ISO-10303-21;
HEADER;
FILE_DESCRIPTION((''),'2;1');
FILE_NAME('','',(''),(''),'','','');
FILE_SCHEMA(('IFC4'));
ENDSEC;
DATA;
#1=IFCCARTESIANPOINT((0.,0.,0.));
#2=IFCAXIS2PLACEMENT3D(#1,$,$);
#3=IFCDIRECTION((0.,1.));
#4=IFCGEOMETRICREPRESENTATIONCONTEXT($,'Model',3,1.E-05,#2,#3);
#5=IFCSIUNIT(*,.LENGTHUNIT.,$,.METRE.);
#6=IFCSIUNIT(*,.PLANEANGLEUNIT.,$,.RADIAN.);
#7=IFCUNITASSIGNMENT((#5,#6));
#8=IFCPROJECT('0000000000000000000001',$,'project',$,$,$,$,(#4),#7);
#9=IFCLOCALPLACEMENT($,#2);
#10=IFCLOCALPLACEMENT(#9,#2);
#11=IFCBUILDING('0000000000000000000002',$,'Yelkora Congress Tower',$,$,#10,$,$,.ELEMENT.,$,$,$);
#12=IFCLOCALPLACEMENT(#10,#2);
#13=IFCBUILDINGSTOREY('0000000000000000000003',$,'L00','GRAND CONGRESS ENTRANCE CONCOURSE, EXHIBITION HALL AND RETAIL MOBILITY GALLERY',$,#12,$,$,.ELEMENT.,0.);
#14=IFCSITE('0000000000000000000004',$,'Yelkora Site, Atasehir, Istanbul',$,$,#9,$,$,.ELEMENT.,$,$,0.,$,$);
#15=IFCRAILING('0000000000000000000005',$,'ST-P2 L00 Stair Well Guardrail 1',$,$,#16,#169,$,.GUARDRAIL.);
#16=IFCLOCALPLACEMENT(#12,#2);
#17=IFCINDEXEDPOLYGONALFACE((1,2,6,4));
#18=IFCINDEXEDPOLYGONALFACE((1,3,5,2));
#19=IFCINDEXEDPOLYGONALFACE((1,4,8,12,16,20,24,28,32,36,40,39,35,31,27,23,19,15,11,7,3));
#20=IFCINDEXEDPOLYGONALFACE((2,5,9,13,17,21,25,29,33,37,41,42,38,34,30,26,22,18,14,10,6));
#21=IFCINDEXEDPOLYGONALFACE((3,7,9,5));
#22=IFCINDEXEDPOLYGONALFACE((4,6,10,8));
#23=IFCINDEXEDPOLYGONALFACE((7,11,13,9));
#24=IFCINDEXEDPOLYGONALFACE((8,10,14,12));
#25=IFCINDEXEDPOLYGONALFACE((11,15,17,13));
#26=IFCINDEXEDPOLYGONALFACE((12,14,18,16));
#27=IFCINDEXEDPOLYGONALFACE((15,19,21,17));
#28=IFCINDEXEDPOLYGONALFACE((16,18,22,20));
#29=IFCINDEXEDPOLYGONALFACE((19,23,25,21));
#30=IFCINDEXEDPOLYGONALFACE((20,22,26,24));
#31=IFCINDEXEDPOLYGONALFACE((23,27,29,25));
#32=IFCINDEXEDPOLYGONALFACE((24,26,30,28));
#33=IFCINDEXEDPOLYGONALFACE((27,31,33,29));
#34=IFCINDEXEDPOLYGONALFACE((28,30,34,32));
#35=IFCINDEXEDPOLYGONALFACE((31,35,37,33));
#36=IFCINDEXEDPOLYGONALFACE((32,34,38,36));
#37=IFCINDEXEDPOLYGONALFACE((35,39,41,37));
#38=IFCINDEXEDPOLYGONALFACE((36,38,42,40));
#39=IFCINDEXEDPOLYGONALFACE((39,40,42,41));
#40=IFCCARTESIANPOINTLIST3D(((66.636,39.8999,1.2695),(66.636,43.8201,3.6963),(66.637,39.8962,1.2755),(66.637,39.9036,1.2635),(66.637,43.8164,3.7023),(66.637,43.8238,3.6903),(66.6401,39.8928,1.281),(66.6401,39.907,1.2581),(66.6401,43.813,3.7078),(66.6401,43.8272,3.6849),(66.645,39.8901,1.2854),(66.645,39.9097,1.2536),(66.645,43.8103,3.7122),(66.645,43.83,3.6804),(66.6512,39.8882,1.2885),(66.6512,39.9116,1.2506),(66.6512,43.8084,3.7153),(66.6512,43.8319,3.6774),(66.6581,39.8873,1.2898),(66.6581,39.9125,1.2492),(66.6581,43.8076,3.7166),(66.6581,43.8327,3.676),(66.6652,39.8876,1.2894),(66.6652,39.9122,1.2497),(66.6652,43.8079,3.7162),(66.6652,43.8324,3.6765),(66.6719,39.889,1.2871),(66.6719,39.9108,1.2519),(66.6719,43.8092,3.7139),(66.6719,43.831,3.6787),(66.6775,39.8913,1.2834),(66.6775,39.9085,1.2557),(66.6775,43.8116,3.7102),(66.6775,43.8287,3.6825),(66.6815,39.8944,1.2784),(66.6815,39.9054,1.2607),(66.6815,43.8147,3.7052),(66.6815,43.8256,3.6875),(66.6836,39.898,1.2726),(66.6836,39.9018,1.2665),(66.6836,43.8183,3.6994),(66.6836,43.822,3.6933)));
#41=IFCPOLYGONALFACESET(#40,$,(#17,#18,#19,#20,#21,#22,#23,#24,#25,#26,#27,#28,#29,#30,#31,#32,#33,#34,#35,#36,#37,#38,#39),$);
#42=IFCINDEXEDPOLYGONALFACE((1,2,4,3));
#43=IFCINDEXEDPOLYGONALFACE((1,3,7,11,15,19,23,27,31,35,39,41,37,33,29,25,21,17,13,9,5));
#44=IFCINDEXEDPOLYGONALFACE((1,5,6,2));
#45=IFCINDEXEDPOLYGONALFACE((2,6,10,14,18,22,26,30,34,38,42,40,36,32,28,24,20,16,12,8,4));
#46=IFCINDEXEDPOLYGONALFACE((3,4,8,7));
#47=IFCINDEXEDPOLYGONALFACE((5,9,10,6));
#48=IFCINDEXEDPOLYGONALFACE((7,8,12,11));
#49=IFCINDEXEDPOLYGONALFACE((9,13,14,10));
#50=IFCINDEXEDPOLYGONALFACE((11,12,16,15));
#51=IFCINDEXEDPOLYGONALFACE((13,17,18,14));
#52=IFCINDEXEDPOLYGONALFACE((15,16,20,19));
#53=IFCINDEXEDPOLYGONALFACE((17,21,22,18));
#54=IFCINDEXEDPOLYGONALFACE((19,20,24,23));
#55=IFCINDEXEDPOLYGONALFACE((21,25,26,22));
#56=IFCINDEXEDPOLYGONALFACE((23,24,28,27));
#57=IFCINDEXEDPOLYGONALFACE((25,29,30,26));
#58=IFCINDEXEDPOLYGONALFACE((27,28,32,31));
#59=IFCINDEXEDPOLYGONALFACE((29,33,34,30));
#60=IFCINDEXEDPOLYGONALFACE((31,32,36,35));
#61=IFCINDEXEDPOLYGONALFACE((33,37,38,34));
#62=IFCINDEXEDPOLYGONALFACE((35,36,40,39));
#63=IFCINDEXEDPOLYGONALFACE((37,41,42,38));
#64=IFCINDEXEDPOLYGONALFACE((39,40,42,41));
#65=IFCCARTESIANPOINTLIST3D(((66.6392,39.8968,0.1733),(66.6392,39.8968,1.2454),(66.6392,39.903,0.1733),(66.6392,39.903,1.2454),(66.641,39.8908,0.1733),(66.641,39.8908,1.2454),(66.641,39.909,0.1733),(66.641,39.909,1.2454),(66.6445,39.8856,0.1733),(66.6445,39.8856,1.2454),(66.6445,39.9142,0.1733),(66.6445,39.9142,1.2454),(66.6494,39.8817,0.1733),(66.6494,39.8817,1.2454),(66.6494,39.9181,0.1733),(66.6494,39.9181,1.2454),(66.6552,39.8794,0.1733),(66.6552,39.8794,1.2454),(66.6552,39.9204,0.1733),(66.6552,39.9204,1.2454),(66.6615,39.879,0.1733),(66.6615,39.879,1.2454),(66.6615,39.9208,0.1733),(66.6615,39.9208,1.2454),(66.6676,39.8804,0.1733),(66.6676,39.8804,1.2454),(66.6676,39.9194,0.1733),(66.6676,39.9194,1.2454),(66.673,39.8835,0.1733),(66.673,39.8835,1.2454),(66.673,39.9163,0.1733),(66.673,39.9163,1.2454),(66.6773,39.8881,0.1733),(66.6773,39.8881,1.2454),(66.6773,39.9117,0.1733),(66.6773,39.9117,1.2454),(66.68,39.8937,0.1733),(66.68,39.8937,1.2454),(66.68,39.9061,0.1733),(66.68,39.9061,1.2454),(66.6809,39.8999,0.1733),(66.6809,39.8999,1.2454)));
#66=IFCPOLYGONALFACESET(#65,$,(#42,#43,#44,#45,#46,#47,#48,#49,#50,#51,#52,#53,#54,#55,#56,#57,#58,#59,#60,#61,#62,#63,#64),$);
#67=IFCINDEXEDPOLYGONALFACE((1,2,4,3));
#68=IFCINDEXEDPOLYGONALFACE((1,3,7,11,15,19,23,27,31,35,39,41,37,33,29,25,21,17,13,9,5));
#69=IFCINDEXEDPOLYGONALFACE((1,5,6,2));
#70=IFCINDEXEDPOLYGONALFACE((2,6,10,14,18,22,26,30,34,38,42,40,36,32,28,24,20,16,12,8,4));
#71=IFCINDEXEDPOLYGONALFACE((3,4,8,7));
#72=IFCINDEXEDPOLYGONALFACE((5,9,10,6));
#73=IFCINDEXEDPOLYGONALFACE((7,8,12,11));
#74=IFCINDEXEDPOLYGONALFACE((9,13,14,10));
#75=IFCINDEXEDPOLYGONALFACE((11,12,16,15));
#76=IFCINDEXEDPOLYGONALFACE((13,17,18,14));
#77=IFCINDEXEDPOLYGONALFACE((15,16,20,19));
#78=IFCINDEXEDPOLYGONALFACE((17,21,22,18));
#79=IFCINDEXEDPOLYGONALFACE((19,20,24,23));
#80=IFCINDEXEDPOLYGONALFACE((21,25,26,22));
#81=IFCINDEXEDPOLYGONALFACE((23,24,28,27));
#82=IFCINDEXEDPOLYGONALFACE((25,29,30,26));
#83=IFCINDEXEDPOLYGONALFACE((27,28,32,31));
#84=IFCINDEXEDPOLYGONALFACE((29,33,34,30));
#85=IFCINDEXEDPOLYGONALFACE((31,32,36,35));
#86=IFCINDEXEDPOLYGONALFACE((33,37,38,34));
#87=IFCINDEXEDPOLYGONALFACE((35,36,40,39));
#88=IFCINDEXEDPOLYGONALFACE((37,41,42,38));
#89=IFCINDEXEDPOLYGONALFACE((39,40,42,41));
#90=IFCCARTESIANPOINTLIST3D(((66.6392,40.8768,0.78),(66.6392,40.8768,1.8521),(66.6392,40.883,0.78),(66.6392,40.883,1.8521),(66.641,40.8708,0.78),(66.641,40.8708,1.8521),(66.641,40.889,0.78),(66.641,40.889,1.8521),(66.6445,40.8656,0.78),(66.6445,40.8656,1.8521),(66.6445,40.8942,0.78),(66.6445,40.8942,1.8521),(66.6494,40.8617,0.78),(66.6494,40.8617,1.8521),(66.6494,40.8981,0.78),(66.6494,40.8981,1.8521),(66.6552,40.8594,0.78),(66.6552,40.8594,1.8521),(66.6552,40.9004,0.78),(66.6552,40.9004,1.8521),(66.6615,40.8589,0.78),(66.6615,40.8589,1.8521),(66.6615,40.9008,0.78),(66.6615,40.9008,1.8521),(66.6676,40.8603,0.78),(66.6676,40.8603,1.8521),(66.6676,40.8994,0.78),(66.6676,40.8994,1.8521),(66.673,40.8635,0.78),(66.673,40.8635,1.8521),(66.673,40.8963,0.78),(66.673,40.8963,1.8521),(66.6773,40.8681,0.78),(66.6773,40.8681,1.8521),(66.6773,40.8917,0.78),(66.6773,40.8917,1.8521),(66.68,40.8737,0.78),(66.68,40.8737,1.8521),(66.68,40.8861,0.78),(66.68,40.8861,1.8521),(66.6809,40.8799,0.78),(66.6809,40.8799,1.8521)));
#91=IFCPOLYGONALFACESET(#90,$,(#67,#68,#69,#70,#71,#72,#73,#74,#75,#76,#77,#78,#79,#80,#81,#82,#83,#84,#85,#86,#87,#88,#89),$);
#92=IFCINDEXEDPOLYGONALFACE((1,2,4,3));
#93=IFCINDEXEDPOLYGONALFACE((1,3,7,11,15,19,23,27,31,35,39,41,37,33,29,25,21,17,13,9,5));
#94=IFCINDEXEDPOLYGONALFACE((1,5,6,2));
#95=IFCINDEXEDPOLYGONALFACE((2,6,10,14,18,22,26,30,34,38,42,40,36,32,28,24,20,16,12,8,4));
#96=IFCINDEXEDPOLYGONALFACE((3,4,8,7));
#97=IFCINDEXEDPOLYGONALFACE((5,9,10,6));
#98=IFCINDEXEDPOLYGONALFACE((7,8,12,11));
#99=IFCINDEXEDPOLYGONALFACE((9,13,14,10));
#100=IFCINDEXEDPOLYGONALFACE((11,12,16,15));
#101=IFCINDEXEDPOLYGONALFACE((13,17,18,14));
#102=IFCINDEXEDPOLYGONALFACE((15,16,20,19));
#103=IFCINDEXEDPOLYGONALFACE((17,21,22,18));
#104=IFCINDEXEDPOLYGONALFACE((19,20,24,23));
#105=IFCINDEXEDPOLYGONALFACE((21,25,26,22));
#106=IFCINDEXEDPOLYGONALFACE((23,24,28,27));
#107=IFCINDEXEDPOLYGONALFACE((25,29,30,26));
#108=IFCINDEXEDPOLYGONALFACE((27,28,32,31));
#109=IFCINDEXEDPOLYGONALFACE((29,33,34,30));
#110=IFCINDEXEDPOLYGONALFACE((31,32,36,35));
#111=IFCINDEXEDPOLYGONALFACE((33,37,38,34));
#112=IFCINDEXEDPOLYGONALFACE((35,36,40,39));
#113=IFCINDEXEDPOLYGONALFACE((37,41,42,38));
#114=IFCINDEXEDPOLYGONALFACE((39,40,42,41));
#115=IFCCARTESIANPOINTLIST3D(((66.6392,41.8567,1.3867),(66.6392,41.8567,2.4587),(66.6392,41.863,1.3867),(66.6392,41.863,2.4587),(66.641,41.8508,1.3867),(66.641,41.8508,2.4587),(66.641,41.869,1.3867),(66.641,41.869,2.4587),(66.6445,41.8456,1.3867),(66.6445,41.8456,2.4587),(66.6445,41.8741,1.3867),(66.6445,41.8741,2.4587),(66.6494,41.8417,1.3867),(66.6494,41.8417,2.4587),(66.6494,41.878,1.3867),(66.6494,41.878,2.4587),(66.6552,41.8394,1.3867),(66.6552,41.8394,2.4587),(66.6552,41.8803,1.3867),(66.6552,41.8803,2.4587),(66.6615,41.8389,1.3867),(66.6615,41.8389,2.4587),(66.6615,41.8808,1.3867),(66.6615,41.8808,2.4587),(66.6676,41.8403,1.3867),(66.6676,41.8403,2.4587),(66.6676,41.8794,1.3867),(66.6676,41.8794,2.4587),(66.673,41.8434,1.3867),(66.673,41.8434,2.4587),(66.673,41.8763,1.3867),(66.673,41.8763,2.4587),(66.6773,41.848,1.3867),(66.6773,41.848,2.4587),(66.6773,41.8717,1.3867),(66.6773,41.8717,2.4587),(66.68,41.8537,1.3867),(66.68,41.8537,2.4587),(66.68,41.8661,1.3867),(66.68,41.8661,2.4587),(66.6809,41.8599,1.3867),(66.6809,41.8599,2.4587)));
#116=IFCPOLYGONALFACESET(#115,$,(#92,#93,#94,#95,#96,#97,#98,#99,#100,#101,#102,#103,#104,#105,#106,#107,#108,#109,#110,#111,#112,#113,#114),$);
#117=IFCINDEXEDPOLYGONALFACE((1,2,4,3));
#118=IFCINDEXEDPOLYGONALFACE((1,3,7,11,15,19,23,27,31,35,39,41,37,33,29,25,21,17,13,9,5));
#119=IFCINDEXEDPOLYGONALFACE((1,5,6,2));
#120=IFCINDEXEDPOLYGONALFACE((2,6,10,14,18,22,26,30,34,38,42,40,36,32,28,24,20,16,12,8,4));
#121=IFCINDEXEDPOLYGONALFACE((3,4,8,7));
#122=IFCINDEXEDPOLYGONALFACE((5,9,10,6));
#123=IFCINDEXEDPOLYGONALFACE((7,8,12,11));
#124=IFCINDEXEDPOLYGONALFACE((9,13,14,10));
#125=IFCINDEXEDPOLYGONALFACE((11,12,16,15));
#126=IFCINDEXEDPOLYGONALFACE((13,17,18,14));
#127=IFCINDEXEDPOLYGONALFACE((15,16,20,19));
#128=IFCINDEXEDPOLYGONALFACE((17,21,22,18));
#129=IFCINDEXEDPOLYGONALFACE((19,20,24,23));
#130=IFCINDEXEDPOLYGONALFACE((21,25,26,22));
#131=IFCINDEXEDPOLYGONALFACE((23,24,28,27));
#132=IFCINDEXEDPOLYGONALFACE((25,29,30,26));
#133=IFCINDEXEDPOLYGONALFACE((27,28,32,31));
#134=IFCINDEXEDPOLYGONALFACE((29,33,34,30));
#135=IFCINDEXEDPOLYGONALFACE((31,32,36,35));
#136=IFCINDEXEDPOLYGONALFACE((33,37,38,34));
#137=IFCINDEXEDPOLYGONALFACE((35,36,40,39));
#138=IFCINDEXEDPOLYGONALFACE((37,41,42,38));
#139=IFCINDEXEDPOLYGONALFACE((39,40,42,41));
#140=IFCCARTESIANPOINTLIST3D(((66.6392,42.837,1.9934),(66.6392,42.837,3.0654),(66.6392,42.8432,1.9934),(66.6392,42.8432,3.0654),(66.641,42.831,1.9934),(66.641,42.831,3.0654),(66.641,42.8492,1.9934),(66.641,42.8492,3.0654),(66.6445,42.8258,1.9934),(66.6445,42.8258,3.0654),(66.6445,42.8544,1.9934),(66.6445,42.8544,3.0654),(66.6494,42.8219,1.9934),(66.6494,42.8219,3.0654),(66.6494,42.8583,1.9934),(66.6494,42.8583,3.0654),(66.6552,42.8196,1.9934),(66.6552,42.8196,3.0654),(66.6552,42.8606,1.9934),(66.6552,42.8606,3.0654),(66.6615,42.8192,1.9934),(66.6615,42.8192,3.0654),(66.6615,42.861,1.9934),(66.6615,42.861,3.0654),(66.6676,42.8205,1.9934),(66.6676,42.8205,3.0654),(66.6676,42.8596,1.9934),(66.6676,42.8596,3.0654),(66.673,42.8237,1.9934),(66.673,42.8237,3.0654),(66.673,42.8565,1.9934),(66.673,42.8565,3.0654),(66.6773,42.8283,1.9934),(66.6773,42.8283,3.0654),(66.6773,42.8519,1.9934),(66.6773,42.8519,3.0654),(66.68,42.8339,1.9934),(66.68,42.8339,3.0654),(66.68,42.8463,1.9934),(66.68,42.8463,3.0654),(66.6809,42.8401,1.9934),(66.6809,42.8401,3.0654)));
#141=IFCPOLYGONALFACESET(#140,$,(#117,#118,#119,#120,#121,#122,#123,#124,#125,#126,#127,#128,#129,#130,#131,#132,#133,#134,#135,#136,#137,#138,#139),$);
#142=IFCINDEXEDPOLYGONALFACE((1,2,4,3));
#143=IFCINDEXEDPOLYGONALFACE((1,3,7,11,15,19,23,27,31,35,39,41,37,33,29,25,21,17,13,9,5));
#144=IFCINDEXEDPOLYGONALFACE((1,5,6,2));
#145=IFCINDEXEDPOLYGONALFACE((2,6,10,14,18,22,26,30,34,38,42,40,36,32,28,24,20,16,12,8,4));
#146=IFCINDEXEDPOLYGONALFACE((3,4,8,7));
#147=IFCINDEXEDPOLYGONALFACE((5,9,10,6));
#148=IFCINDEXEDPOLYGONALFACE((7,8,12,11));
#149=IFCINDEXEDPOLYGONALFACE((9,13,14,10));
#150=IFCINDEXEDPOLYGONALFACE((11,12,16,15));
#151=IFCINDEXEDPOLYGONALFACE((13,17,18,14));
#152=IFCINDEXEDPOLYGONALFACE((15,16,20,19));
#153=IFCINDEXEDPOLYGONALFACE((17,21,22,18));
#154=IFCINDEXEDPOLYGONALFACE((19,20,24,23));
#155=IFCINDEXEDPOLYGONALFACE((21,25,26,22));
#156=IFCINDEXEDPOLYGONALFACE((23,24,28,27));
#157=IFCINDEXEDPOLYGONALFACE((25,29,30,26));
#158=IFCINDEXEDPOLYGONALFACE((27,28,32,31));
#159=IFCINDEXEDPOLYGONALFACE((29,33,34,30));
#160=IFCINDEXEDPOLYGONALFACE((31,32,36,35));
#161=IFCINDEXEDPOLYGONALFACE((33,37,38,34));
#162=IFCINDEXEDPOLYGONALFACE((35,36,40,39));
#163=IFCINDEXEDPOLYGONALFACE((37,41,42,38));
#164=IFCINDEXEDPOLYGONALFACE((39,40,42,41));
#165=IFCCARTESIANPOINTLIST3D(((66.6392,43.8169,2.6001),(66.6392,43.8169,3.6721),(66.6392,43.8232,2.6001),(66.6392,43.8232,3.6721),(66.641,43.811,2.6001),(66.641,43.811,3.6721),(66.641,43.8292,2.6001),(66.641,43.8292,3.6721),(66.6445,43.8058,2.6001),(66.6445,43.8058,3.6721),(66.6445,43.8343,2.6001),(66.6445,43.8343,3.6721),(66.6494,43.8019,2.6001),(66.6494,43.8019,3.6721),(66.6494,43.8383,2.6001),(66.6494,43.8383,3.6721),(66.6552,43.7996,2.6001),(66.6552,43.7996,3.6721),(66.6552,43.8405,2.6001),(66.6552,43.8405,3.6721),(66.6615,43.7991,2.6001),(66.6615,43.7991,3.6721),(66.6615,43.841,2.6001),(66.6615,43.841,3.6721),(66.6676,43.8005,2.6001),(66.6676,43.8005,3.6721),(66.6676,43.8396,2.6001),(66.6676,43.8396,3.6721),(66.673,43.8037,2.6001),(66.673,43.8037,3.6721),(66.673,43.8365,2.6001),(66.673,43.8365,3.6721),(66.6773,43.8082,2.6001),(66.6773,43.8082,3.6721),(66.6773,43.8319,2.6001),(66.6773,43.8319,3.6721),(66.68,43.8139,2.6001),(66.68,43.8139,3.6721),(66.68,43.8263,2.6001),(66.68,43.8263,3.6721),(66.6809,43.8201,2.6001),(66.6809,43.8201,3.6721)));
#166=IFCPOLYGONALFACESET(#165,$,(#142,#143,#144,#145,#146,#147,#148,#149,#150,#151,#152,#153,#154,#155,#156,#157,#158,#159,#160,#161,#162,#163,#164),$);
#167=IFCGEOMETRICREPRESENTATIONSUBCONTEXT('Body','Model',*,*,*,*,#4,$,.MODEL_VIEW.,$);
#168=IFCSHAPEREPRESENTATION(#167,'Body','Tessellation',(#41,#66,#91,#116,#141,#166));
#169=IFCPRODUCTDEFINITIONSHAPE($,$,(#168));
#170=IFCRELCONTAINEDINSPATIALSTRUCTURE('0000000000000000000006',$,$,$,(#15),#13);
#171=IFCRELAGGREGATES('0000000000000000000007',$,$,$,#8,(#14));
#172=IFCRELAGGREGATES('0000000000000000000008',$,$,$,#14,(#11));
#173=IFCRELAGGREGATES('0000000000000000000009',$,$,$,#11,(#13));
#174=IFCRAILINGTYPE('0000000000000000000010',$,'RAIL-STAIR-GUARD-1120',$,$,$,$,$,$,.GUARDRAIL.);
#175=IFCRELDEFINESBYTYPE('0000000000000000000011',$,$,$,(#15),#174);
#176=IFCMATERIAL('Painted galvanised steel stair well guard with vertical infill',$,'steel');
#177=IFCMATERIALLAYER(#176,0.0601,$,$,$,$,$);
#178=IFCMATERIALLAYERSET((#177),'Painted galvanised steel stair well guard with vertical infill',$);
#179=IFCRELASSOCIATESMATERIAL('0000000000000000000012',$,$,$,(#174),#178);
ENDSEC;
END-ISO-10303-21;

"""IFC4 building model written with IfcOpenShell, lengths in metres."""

from ifc_helpers import new_model, si_unit, direction, frame, origin, origin_2d, place, context, subcontext, project, spatial, circle, extrude, material, layer, layer_set, type_object, element, save


model = new_model("IFC4")

# Units and contexts
model_context = context("Model", 3, precision=1e-05, world=origin(), true_north=direction((0.0, 1.0)))
body_context = subcontext(model_context, "Body", "Model", "MODEL_VIEW")
ifc_project = project(units=[si_unit("LENGTHUNIT", "METRE"), si_unit("PLANEANGLEUNIT", "RADIAN")], contexts=[model_context])

# Site, building, storey
site_placement = place(None, origin())
site = spatial("IfcSite", under=ifc_project, at=site_placement, Name="Yelkora Site, Atasehir, Istanbul", CompositionType="ELEMENT", RefElevation=0.0)
building_placement = place(site_placement, origin())
building = spatial("IfcBuilding", under=site, at=building_placement, Name="Yelkora Congress Tower", CompositionType="ELEMENT")
storey_placement = place(building_placement, origin())
storey = spatial("IfcBuildingStorey", under=building, at=storey_placement, Name="L00", Description="GRAND CONGRESS ENTRANCE CONCOURSE, EXHIBITION HALL AND RETAIL MOBILITY GALLERY", CompositionType="ELEMENT", Elevation=0.0)

# Railing
ifc_material_1 = material(Name="Painted galvanised steel stair well guard with vertical infill", Category="steel")
ifc_layer_1 = layer(ifc_material_1, 0.0601)
ifc_layer_set_1 = layer_set([ifc_layer_1], Name="Painted galvanised steel stair well guard with vertical infill")
railing_type_1 = type_object("IfcRailingType", Name="RAIL-STAIR-GUARD-1120", PredefinedType="GUARDRAIL", material=ifc_layer_set_1)
railing_1_placement = place(storey_placement, frame((66.6599, 39.8999, 0.1733)))
element("IfcRailing", 1, at=railing_1_placement, inside=storey, type_object=railing_type_1, Name="ST-P2 L00 Stair Well Guardrail 1", PredefinedType="GUARDRAIL", context=body_context, shape_type="SweptSolid", body=[
    extrude(circle(Radius=0.0239, at=origin_2d()), frame((0.0, 0.0, 1.0962), z_axis=(0.0, 0.850266, 0.526353), x_axis=(-1.0, 0.0, 0.0)), (0.0, 0.0, 1.0), 4.6106),
    extrude(circle(Radius=0.021, at=origin_2d()), origin(), (0.0, 0.0, 1.0), 1.072),
    extrude(circle(Radius=0.021, at=origin_2d()), frame((0.0, 0.98, 0.6067)), (0.0, 0.0, 1.0), 1.072),
    extrude(circle(Radius=0.021, at=origin_2d()), frame((0.0, 1.96, 1.2134)), (0.0, 0.0, 1.0), 1.072),
    extrude(circle(Radius=0.021, at=origin_2d()), frame((0.0, 2.9402, 1.8201)), (0.0, 0.0, 1.0), 1.072),
    extrude(circle(Radius=0.021, at=origin_2d()), frame((0.0, 3.9202, 2.4268)), (0.0, 0.0, 1.0), 1.072),
])

save(model, "model.ifc")
